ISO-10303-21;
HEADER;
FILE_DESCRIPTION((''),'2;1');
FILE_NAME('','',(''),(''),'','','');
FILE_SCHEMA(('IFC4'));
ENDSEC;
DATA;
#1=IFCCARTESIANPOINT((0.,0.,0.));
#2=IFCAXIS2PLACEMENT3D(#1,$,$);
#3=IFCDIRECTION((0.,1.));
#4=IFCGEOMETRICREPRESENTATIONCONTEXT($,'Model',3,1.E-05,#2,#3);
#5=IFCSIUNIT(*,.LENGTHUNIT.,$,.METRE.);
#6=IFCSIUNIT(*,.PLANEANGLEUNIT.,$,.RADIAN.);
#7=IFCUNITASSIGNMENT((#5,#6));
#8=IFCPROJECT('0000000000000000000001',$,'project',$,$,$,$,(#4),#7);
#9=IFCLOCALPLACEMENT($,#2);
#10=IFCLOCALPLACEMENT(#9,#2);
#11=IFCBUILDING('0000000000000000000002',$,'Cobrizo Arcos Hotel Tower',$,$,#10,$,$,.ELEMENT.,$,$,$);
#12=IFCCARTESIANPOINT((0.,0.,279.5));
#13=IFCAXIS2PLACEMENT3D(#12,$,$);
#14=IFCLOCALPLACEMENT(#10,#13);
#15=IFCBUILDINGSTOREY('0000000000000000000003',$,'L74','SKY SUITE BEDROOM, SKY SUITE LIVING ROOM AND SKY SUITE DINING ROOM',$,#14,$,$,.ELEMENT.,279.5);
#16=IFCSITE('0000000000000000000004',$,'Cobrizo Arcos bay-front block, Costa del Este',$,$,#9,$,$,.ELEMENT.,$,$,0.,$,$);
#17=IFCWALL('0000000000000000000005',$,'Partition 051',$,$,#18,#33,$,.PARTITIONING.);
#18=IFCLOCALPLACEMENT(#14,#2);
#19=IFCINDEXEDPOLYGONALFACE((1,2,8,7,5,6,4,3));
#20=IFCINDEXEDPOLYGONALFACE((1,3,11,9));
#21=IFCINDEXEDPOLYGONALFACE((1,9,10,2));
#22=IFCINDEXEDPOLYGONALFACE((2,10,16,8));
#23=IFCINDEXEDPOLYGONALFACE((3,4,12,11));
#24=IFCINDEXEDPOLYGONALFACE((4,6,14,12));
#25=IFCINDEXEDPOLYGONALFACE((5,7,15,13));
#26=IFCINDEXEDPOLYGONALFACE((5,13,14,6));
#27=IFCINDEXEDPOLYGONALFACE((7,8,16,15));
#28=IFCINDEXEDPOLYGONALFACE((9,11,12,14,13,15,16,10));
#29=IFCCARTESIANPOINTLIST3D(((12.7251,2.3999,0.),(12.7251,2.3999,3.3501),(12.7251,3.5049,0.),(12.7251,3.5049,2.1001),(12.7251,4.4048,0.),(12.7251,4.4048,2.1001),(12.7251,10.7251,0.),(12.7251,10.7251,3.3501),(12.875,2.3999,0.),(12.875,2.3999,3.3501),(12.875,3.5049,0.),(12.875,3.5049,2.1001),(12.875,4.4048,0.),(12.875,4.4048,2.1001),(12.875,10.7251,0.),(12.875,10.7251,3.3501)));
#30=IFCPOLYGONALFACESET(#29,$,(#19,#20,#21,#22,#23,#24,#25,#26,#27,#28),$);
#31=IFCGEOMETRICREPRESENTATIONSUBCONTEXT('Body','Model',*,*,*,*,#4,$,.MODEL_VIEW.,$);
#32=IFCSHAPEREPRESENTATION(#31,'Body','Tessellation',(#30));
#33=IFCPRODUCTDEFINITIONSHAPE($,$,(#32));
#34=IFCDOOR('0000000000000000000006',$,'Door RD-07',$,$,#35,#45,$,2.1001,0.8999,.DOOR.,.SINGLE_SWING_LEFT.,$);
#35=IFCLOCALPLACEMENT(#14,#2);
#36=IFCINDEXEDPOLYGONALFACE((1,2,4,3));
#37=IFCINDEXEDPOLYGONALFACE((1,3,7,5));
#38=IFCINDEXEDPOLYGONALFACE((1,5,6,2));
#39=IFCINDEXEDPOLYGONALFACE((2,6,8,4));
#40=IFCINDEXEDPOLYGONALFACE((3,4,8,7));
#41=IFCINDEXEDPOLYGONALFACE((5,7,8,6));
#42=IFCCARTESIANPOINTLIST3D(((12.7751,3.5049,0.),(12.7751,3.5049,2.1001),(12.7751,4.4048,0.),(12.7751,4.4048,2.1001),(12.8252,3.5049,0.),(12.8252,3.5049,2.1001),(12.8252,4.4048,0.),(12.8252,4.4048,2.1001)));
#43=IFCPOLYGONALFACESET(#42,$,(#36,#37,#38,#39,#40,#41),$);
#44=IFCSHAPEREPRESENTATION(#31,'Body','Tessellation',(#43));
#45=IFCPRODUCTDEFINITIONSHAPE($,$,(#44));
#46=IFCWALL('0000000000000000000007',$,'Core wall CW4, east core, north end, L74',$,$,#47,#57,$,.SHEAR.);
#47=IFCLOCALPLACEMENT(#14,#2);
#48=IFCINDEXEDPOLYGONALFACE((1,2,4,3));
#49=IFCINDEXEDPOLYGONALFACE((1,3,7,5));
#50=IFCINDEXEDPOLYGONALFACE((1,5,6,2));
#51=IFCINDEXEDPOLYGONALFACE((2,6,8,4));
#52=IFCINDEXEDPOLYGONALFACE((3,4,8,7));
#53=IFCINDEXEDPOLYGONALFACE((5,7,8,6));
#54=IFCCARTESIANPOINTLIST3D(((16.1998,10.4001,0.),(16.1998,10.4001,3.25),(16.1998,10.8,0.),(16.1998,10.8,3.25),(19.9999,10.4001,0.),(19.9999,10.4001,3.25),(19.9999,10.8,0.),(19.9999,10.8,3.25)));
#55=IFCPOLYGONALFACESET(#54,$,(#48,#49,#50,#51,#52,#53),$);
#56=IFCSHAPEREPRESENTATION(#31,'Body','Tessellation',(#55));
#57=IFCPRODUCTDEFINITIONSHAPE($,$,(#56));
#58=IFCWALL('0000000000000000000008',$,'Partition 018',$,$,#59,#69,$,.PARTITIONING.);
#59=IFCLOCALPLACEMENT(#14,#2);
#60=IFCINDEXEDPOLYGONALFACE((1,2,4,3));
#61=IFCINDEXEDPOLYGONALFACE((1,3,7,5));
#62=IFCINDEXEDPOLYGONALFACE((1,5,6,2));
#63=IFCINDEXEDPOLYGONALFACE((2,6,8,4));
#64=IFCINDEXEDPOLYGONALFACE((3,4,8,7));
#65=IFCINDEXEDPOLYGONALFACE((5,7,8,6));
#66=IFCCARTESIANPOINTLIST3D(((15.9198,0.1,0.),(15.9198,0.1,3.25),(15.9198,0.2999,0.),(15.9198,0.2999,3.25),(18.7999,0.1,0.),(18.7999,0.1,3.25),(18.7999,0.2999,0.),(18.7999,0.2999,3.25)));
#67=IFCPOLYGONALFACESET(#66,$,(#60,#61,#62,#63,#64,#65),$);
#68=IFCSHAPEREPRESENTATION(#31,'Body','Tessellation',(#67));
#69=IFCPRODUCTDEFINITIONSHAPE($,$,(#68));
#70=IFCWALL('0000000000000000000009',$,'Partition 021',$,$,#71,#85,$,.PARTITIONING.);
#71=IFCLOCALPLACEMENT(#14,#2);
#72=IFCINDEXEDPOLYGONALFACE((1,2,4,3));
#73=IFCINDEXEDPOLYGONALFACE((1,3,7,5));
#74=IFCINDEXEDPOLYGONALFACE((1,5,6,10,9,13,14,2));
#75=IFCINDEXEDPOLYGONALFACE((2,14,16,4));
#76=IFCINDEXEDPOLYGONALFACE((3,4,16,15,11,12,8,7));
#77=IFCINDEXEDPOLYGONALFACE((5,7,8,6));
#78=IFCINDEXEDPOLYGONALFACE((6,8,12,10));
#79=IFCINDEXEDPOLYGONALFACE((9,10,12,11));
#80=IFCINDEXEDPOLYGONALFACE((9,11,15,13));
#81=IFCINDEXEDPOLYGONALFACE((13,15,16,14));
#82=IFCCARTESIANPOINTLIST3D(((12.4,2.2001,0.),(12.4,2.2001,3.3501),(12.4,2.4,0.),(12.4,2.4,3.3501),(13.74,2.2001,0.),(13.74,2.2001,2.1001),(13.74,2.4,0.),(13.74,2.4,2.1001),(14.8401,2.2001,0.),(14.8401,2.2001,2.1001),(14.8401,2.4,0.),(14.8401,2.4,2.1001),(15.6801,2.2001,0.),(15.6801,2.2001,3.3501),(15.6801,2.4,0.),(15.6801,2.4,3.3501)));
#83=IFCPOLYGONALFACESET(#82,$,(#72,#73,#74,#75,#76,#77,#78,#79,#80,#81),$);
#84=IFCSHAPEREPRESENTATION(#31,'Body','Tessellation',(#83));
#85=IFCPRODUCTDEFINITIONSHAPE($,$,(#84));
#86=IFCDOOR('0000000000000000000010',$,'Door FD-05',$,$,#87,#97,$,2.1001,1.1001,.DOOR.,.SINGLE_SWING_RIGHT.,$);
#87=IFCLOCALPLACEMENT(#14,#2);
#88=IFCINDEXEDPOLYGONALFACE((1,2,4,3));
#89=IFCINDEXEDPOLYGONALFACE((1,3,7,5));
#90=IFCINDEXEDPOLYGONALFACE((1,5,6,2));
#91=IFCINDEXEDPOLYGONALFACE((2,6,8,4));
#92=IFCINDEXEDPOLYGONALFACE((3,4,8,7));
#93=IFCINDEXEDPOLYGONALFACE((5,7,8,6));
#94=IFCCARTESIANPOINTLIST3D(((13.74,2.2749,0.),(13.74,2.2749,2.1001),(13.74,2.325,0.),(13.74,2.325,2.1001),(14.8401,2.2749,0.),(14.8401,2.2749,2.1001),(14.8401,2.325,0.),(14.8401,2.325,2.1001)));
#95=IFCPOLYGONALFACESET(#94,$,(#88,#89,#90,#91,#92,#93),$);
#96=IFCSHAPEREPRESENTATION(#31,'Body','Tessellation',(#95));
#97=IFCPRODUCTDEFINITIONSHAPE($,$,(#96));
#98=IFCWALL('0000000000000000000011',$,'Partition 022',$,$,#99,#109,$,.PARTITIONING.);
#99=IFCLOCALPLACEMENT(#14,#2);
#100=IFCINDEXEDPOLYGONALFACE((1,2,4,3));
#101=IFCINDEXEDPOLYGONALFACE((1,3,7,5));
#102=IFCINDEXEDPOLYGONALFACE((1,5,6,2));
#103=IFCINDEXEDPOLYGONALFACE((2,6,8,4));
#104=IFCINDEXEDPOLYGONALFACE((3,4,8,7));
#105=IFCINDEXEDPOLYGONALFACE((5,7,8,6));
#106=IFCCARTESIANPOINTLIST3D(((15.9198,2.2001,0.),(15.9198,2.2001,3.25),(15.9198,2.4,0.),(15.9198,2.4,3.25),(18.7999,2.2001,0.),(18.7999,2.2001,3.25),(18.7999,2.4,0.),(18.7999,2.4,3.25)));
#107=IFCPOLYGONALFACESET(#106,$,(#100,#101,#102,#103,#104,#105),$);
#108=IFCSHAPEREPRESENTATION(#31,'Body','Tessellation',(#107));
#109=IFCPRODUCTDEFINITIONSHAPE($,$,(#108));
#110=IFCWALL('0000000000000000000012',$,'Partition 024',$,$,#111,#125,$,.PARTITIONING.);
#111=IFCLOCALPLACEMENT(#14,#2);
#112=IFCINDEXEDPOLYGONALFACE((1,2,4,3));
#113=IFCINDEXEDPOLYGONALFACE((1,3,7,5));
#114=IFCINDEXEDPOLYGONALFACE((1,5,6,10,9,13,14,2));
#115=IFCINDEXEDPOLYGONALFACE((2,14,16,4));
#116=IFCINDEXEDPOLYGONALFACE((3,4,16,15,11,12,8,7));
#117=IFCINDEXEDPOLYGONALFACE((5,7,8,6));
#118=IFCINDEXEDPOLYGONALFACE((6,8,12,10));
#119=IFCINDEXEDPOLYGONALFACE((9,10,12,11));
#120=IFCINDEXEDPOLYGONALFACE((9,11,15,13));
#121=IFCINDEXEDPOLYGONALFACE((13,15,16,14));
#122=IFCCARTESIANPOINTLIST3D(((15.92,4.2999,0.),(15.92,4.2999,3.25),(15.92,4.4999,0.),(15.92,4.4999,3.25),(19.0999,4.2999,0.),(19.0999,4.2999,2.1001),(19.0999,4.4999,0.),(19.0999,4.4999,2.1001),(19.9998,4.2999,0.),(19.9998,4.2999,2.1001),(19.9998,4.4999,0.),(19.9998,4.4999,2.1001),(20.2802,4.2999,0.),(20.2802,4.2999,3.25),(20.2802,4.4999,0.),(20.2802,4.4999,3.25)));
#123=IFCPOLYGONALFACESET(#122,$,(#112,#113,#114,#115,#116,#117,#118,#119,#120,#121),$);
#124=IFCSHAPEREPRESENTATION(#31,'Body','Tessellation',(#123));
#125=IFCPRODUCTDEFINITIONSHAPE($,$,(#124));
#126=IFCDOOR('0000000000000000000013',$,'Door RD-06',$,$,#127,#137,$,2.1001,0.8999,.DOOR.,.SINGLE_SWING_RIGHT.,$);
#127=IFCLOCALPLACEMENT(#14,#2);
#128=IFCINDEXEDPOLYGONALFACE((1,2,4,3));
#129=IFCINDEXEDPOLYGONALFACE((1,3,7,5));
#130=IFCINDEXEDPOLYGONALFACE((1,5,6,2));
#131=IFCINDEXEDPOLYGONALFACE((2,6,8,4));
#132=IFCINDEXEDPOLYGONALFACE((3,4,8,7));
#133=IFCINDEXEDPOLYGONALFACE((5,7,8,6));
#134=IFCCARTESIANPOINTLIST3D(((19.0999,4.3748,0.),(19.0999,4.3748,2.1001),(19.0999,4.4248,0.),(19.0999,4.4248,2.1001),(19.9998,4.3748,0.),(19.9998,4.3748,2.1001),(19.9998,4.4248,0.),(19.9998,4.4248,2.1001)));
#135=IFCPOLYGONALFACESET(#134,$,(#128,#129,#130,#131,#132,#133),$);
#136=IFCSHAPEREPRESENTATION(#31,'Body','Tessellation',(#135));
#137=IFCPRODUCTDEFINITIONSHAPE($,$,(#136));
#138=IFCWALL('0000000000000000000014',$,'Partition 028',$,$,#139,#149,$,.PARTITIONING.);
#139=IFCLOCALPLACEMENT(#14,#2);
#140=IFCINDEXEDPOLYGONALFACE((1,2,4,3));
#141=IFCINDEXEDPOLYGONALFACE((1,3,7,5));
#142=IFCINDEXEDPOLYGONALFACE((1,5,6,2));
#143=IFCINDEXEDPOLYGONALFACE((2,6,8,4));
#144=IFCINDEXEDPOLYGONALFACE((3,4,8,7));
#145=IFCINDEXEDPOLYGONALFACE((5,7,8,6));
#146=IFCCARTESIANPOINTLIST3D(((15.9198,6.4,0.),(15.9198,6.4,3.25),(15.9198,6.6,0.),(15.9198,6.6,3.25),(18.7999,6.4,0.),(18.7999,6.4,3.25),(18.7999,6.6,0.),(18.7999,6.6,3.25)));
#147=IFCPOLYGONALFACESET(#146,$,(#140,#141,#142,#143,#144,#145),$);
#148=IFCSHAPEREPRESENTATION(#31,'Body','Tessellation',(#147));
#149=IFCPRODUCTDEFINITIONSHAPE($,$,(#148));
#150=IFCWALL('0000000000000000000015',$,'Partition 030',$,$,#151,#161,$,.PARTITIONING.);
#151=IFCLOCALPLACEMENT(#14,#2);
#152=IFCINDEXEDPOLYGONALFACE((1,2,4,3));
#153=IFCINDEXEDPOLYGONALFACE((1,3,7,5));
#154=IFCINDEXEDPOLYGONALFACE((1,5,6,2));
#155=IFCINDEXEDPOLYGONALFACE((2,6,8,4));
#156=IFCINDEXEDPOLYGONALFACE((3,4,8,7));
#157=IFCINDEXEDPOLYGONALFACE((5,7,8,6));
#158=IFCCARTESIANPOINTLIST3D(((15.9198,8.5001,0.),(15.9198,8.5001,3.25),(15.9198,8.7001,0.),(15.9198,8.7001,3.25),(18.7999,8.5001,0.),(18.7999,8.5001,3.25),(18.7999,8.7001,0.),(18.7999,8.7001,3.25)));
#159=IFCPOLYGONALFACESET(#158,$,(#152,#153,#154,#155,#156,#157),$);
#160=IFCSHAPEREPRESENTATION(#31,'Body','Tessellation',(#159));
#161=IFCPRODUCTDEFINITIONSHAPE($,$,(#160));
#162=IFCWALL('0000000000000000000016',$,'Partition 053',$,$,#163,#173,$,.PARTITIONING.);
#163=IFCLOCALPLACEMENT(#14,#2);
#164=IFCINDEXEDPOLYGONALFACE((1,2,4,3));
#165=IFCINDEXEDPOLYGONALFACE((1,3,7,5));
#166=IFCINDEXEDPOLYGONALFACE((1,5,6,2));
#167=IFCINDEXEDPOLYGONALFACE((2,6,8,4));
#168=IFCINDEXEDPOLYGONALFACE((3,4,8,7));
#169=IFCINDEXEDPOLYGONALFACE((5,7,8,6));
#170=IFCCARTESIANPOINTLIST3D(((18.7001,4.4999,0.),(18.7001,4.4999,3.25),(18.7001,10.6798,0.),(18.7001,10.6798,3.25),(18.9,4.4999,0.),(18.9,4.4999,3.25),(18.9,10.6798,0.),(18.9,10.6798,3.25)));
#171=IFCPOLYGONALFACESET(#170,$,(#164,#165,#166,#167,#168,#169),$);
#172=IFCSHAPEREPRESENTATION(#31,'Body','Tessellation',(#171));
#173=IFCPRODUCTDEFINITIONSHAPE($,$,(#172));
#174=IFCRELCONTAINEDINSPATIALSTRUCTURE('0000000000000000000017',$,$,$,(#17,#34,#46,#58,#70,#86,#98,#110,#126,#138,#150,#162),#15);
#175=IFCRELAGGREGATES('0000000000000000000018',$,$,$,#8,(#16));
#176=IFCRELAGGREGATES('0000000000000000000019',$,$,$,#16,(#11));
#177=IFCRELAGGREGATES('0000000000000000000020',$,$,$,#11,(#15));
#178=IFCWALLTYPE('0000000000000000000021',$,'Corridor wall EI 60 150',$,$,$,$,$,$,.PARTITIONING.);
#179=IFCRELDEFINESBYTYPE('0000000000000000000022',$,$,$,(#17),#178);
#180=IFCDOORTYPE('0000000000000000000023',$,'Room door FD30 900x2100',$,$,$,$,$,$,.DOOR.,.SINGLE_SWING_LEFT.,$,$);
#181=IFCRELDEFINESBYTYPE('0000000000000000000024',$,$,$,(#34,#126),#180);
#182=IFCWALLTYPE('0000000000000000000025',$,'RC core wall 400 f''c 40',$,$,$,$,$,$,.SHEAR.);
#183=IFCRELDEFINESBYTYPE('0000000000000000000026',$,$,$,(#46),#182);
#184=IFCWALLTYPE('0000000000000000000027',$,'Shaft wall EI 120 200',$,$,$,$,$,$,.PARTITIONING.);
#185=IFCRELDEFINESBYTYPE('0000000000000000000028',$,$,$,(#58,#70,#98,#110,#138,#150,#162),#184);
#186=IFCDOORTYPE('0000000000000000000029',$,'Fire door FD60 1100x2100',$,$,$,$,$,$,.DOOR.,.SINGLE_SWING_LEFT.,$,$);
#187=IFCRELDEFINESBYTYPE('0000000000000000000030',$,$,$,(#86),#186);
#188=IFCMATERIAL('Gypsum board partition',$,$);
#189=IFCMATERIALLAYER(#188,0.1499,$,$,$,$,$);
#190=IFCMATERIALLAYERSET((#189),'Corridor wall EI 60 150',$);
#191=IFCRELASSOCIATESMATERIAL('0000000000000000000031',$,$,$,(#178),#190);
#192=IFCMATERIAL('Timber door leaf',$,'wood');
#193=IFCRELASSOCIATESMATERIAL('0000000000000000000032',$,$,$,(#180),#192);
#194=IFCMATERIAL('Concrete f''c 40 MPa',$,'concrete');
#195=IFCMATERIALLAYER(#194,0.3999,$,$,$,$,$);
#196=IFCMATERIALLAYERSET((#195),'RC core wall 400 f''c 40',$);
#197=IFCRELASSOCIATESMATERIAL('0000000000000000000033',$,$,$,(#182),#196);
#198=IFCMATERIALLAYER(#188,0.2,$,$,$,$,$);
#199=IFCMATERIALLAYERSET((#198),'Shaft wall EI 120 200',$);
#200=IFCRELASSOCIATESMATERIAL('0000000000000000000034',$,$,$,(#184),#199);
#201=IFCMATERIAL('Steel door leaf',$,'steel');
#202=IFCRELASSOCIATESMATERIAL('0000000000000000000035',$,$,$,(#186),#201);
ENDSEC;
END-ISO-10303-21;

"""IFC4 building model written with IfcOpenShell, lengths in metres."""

from ifc_helpers import new_model, si_unit, direction, frame, frame_2d, origin, place, context, subcontext, project, spatial, rectangle, extrude, material, layer, layer_set, type_object, element, fill, save


model = new_model("IFC4")

# Units and contexts
model_context = context("Model", 3, precision=1e-05, world=origin(), true_north=direction((0.0, 1.0)))
body_context = subcontext(model_context, "Body", "Model", "MODEL_VIEW")
ifc_project = project(units=[si_unit("LENGTHUNIT", "METRE"), si_unit("PLANEANGLEUNIT", "RADIAN")], contexts=[model_context])

# Site, building, storey
site_placement = place(None, origin())
site = spatial("IfcSite", under=ifc_project, at=site_placement, Name="Cobrizo Arcos bay-front block, Costa del Este", CompositionType="ELEMENT", RefElevation=0.0)
building_placement = place(site_placement, origin())
building = spatial("IfcBuilding", under=site, at=building_placement, Name="Cobrizo Arcos Hotel Tower", CompositionType="ELEMENT")
storey_placement = place(building_placement, frame((0.0, 0.0, 279.5)))
storey = spatial("IfcBuildingStorey", under=building, at=storey_placement, Name="L74", Description="SKY SUITE BEDROOM, SKY SUITE LIVING ROOM AND SKY SUITE DINING ROOM", CompositionType="ELEMENT", Elevation=279.5)

# Shared definitions
ifc_material_1 = material(Name="Gypsum board partition")
ifc_layer_1 = layer(ifc_material_1, 0.1499)
ifc_layer_set_1 = layer_set([ifc_layer_1], Name="Corridor wall EI 60 150")
wall_type_1 = type_object("IfcWallType", Name="Corridor wall EI 60 150", PredefinedType="PARTITIONING", material=ifc_layer_set_1)

# Wall, opening, door
wall_1_placement = place(storey_placement, frame((12.8, 2.3999, 0.0), z_axis=(0.0, 0.0, 1.0), x_axis=(0.0, 1.0, 0.0)))
wall_1 = element("IfcWall", 1, at=wall_1_placement, inside=storey, type_object=wall_type_1, Name="Partition 051", PredefinedType="PARTITIONING", context=body_context, shape_type="SweptSolid", body=[
    extrude(rectangle(XDim=8.3252, YDim=0.1499, at=frame_2d((4.1626, 0.0))), origin(), (0.0, 0.0, 1.0), 3.3501),
])
opening_1_placement = place(wall_1_placement, frame((1.105, 0.0, 0.0)))
opening_1 = element("IfcOpeningElement", 2, at=opening_1_placement, cuts=wall_1, PredefinedType="OPENING", context=body_context, shape_type="SweptSolid", body=[
    extrude(rectangle(XDim=0.8999, YDim=2.1001, at=frame_2d((0.45, 1.05))), frame((0.0, 0.0869, 0.0), z_axis=(0.0, -1.0, 0.0), x_axis=(1.0, 0.0, 0.0)), (0.0, 0.0, 1.0), 0.1738),
])
ifc_material_2 = material(Name="Timber door leaf", Category="wood")
door_type_1 = type_object("IfcDoorType", Name="Room door FD30 900x2100", OperationType="SINGLE_SWING_LEFT", PredefinedType="DOOR", material=ifc_material_2)
door_1_placement = place(opening_1_placement, origin())
door_1 = element("IfcDoor", 3, at=door_1_placement, inside=storey, type_object=door_type_1, Name="Door RD-07", OperationType="SINGLE_SWING_LEFT", OverallHeight=2.1001, OverallWidth=0.8999, PredefinedType="DOOR", context=body_context, shape_type="SweptSolid", body=[
    extrude(rectangle(XDim=0.8999, YDim=2.1001, at=frame_2d((0.45, 1.05))), frame((0.0, 0.0249, 0.0), z_axis=(0.0, -1.0, 0.0), x_axis=(1.0, 0.0, 0.0)), (0.0, 0.0, 1.0), 0.05),
])
fill(opening_1, door_1)

# Walls
ifc_material_3 = material(Name="Concrete f'c 40 MPa", Category="concrete")
ifc_layer_2 = layer(ifc_material_3, 0.3999)
ifc_layer_set_2 = layer_set([ifc_layer_2], Name="RC core wall 400 f'c 40")
wall_type_2 = type_object("IfcWallType", Name="RC core wall 400 f'c 40", PredefinedType="SHEAR", material=ifc_layer_set_2)
wall_2_placement = place(storey_placement, frame((16.2, 10.6001, 0.0), z_axis=(0.0, 0.0, 1.0), x_axis=(1.0, 0.0, 0.0)))
element("IfcWall", 4, at=wall_2_placement, inside=storey, type_object=wall_type_2, Name="Core wall CW4, east core, north end, L74", PredefinedType="SHEAR", context=body_context, shape_type="SweptSolid", body=[
    extrude(rectangle(XDim=3.8, YDim=0.3999, at=frame_2d((1.8999, 0.0))), origin(), (0.0, 0.0, 1.0), 3.25),
])
ifc_layer_3 = layer(ifc_material_1, 0.2)
ifc_layer_set_3 = layer_set([ifc_layer_3], Name="Shaft wall EI 120 200")
wall_type_3 = type_object("IfcWallType", Name="Shaft wall EI 120 200", PredefinedType="PARTITIONING", material=ifc_layer_set_3)
wall_3_placement = place(storey_placement, frame((15.9199, 0.2, 0.0), z_axis=(0.0, 0.0, 1.0), x_axis=(1.0, 0.0, 0.0)))
element("IfcWall", 5, at=wall_3_placement, inside=storey, type_object=wall_type_3, Name="Partition 018", PredefinedType="PARTITIONING", context=body_context, shape_type="SweptSolid", body=[
    extrude(rectangle(XDim=2.8801, YDim=0.2, at=frame_2d((1.4399, 0.0))), origin(), (0.0, 0.0, 1.0), 3.25),
])

# Wall, opening, door
wall_4_placement = place(storey_placement, frame((12.3999, 2.3, 0.0), z_axis=(0.0, 0.0, 1.0), x_axis=(1.0, 0.0, 0.0)))
wall_4 = element("IfcWall", 6, at=wall_4_placement, inside=storey, type_object=wall_type_3, Name="Partition 021", PredefinedType="PARTITIONING", context=body_context, shape_type="SweptSolid", body=[
    extrude(rectangle(XDim=3.28, YDim=0.2, at=frame_2d((1.6401, 0.0))), origin(), (0.0, 0.0, 1.0), 3.3501),
])
opening_2_placement = place(wall_4_placement, frame((1.3401, 0.0, 0.0)))
opening_2 = element("IfcOpeningElement", 7, at=opening_2_placement, cuts=wall_4, PredefinedType="OPENING", context=body_context, shape_type="SweptSolid", body=[
    extrude(rectangle(XDim=1.1001, YDim=2.1001, at=frame_2d((0.55, 1.05))), frame((0.0, 0.1121, 0.0), z_axis=(0.0, -1.0, 0.0), x_axis=(1.0, 0.0, 0.0)), (0.0, 0.0, 1.0), 0.2239),
])
ifc_material_4 = material(Name="Steel door leaf", Category="steel")
door_type_2 = type_object("IfcDoorType", Name="Fire door FD60 1100x2100", OperationType="SINGLE_SWING_LEFT", PredefinedType="DOOR", material=ifc_material_4)
door_2_placement = place(opening_2_placement, origin())
door_2 = element("IfcDoor", 8, at=door_2_placement, inside=storey, type_object=door_type_2, Name="Door FD-05", OperationType="SINGLE_SWING_RIGHT", OverallHeight=2.1001, OverallWidth=1.1001, PredefinedType="DOOR", context=body_context, shape_type="SweptSolid", body=[
    extrude(rectangle(XDim=1.1001, YDim=2.1001, at=frame_2d((0.55, 1.05))), frame((0.0, 0.0249, 0.0), z_axis=(0.0, -1.0, 0.0), x_axis=(1.0, 0.0, 0.0)), (0.0, 0.0, 1.0), 0.05),
])
fill(opening_2, door_2)

# Wall
wall_5_placement = place(storey_placement, frame((15.9199, 2.3, 0.0), z_axis=(0.0, 0.0, 1.0), x_axis=(1.0, 0.0, 0.0)))
element("IfcWall", 9, at=wall_5_placement, inside=storey, type_object=wall_type_3, Name="Partition 022", PredefinedType="PARTITIONING", context=body_context, shape_type="SweptSolid", body=[
    extrude(rectangle(XDim=2.8801, YDim=0.2, at=frame_2d((1.4399, 0.0))), origin(), (0.0, 0.0, 1.0), 3.25),
])

# Wall, opening, door
wall_6_placement = place(storey_placement, frame((15.9199, 4.3999, 0.0), z_axis=(0.0, 0.0, 1.0), x_axis=(1.0, 0.0, 0.0)))
wall_6 = element("IfcWall", 10, at=wall_6_placement, inside=storey, type_object=wall_type_3, Name="Partition 024", PredefinedType="PARTITIONING", context=body_context, shape_type="SweptSolid", body=[
    extrude(rectangle(XDim=4.3601, YDim=0.2, at=frame_2d((2.1802, 0.0))), origin(), (0.0, 0.0, 1.0), 3.25),
])
opening_3_placement = place(wall_6_placement, frame((3.1799, 0.0, 0.0)))
opening_3 = element("IfcOpeningElement", 11, at=opening_3_placement, cuts=wall_6, PredefinedType="OPENING", context=body_context, shape_type="SweptSolid", body=[
    extrude(rectangle(XDim=0.8999, YDim=2.1001, at=frame_2d((0.45, 1.05))), frame((0.0, 0.1121, 0.0), z_axis=(0.0, -1.0, 0.0), x_axis=(1.0, 0.0, 0.0)), (0.0, 0.0, 1.0), 0.2239),
])
door_3_placement = place(opening_3_placement, origin())
door_3 = element("IfcDoor", 12, at=door_3_placement, inside=storey, type_object=door_type_1, Name="Door RD-06", OperationType="SINGLE_SWING_RIGHT", OverallHeight=2.1001, OverallWidth=0.8999, PredefinedType="DOOR", context=body_context, shape_type="SweptSolid", body=[
    extrude(rectangle(XDim=0.8999, YDim=2.1001, at=frame_2d((0.45, 1.05))), frame((0.0, 0.0249, 0.0), z_axis=(0.0, -1.0, 0.0), x_axis=(1.0, 0.0, 0.0)), (0.0, 0.0, 1.0), 0.05),
])
fill(opening_3, door_3)

# Walls
for number, where, z_axis, x_axis, name in (
    (13, (15.9199, 6.5, 0.0), (0.0, 0.0, 1.0), (1.0, 0.0, 0.0), "Partition 028"),
    (14, (15.9199, 8.6001, 0.0), (0.0, 0.0, 1.0), (1.0, 0.0, 0.0), "Partition 030"),
):
    element("IfcWall", number, at=place(storey_placement, frame(where, z_axis=z_axis, x_axis=x_axis)), inside=storey, type_object=wall_type_3, Name=name, PredefinedType="PARTITIONING", context=body_context, shape_type="SweptSolid", body=[
        extrude(rectangle(XDim=2.8801, YDim=0.2, at=frame_2d((1.4399, 0.0))), origin(), (0.0, 0.0, 1.0), 3.25),
    ])
wall_7_placement = place(storey_placement, frame((18.8, 4.5, 0.0), z_axis=(0.0, 0.0, 1.0), x_axis=(0.0, 1.0, 0.0)))
element("IfcWall", 15, at=wall_7_placement, inside=storey, type_object=wall_type_3, Name="Partition 053", PredefinedType="PARTITIONING", context=body_context, shape_type="SweptSolid", body=[
    extrude(rectangle(XDim=6.1799, YDim=0.2, at=frame_2d((3.0898, 0.0))), origin(), (0.0, 0.0, 1.0), 3.25),
])

save(model, "model.ifc")
